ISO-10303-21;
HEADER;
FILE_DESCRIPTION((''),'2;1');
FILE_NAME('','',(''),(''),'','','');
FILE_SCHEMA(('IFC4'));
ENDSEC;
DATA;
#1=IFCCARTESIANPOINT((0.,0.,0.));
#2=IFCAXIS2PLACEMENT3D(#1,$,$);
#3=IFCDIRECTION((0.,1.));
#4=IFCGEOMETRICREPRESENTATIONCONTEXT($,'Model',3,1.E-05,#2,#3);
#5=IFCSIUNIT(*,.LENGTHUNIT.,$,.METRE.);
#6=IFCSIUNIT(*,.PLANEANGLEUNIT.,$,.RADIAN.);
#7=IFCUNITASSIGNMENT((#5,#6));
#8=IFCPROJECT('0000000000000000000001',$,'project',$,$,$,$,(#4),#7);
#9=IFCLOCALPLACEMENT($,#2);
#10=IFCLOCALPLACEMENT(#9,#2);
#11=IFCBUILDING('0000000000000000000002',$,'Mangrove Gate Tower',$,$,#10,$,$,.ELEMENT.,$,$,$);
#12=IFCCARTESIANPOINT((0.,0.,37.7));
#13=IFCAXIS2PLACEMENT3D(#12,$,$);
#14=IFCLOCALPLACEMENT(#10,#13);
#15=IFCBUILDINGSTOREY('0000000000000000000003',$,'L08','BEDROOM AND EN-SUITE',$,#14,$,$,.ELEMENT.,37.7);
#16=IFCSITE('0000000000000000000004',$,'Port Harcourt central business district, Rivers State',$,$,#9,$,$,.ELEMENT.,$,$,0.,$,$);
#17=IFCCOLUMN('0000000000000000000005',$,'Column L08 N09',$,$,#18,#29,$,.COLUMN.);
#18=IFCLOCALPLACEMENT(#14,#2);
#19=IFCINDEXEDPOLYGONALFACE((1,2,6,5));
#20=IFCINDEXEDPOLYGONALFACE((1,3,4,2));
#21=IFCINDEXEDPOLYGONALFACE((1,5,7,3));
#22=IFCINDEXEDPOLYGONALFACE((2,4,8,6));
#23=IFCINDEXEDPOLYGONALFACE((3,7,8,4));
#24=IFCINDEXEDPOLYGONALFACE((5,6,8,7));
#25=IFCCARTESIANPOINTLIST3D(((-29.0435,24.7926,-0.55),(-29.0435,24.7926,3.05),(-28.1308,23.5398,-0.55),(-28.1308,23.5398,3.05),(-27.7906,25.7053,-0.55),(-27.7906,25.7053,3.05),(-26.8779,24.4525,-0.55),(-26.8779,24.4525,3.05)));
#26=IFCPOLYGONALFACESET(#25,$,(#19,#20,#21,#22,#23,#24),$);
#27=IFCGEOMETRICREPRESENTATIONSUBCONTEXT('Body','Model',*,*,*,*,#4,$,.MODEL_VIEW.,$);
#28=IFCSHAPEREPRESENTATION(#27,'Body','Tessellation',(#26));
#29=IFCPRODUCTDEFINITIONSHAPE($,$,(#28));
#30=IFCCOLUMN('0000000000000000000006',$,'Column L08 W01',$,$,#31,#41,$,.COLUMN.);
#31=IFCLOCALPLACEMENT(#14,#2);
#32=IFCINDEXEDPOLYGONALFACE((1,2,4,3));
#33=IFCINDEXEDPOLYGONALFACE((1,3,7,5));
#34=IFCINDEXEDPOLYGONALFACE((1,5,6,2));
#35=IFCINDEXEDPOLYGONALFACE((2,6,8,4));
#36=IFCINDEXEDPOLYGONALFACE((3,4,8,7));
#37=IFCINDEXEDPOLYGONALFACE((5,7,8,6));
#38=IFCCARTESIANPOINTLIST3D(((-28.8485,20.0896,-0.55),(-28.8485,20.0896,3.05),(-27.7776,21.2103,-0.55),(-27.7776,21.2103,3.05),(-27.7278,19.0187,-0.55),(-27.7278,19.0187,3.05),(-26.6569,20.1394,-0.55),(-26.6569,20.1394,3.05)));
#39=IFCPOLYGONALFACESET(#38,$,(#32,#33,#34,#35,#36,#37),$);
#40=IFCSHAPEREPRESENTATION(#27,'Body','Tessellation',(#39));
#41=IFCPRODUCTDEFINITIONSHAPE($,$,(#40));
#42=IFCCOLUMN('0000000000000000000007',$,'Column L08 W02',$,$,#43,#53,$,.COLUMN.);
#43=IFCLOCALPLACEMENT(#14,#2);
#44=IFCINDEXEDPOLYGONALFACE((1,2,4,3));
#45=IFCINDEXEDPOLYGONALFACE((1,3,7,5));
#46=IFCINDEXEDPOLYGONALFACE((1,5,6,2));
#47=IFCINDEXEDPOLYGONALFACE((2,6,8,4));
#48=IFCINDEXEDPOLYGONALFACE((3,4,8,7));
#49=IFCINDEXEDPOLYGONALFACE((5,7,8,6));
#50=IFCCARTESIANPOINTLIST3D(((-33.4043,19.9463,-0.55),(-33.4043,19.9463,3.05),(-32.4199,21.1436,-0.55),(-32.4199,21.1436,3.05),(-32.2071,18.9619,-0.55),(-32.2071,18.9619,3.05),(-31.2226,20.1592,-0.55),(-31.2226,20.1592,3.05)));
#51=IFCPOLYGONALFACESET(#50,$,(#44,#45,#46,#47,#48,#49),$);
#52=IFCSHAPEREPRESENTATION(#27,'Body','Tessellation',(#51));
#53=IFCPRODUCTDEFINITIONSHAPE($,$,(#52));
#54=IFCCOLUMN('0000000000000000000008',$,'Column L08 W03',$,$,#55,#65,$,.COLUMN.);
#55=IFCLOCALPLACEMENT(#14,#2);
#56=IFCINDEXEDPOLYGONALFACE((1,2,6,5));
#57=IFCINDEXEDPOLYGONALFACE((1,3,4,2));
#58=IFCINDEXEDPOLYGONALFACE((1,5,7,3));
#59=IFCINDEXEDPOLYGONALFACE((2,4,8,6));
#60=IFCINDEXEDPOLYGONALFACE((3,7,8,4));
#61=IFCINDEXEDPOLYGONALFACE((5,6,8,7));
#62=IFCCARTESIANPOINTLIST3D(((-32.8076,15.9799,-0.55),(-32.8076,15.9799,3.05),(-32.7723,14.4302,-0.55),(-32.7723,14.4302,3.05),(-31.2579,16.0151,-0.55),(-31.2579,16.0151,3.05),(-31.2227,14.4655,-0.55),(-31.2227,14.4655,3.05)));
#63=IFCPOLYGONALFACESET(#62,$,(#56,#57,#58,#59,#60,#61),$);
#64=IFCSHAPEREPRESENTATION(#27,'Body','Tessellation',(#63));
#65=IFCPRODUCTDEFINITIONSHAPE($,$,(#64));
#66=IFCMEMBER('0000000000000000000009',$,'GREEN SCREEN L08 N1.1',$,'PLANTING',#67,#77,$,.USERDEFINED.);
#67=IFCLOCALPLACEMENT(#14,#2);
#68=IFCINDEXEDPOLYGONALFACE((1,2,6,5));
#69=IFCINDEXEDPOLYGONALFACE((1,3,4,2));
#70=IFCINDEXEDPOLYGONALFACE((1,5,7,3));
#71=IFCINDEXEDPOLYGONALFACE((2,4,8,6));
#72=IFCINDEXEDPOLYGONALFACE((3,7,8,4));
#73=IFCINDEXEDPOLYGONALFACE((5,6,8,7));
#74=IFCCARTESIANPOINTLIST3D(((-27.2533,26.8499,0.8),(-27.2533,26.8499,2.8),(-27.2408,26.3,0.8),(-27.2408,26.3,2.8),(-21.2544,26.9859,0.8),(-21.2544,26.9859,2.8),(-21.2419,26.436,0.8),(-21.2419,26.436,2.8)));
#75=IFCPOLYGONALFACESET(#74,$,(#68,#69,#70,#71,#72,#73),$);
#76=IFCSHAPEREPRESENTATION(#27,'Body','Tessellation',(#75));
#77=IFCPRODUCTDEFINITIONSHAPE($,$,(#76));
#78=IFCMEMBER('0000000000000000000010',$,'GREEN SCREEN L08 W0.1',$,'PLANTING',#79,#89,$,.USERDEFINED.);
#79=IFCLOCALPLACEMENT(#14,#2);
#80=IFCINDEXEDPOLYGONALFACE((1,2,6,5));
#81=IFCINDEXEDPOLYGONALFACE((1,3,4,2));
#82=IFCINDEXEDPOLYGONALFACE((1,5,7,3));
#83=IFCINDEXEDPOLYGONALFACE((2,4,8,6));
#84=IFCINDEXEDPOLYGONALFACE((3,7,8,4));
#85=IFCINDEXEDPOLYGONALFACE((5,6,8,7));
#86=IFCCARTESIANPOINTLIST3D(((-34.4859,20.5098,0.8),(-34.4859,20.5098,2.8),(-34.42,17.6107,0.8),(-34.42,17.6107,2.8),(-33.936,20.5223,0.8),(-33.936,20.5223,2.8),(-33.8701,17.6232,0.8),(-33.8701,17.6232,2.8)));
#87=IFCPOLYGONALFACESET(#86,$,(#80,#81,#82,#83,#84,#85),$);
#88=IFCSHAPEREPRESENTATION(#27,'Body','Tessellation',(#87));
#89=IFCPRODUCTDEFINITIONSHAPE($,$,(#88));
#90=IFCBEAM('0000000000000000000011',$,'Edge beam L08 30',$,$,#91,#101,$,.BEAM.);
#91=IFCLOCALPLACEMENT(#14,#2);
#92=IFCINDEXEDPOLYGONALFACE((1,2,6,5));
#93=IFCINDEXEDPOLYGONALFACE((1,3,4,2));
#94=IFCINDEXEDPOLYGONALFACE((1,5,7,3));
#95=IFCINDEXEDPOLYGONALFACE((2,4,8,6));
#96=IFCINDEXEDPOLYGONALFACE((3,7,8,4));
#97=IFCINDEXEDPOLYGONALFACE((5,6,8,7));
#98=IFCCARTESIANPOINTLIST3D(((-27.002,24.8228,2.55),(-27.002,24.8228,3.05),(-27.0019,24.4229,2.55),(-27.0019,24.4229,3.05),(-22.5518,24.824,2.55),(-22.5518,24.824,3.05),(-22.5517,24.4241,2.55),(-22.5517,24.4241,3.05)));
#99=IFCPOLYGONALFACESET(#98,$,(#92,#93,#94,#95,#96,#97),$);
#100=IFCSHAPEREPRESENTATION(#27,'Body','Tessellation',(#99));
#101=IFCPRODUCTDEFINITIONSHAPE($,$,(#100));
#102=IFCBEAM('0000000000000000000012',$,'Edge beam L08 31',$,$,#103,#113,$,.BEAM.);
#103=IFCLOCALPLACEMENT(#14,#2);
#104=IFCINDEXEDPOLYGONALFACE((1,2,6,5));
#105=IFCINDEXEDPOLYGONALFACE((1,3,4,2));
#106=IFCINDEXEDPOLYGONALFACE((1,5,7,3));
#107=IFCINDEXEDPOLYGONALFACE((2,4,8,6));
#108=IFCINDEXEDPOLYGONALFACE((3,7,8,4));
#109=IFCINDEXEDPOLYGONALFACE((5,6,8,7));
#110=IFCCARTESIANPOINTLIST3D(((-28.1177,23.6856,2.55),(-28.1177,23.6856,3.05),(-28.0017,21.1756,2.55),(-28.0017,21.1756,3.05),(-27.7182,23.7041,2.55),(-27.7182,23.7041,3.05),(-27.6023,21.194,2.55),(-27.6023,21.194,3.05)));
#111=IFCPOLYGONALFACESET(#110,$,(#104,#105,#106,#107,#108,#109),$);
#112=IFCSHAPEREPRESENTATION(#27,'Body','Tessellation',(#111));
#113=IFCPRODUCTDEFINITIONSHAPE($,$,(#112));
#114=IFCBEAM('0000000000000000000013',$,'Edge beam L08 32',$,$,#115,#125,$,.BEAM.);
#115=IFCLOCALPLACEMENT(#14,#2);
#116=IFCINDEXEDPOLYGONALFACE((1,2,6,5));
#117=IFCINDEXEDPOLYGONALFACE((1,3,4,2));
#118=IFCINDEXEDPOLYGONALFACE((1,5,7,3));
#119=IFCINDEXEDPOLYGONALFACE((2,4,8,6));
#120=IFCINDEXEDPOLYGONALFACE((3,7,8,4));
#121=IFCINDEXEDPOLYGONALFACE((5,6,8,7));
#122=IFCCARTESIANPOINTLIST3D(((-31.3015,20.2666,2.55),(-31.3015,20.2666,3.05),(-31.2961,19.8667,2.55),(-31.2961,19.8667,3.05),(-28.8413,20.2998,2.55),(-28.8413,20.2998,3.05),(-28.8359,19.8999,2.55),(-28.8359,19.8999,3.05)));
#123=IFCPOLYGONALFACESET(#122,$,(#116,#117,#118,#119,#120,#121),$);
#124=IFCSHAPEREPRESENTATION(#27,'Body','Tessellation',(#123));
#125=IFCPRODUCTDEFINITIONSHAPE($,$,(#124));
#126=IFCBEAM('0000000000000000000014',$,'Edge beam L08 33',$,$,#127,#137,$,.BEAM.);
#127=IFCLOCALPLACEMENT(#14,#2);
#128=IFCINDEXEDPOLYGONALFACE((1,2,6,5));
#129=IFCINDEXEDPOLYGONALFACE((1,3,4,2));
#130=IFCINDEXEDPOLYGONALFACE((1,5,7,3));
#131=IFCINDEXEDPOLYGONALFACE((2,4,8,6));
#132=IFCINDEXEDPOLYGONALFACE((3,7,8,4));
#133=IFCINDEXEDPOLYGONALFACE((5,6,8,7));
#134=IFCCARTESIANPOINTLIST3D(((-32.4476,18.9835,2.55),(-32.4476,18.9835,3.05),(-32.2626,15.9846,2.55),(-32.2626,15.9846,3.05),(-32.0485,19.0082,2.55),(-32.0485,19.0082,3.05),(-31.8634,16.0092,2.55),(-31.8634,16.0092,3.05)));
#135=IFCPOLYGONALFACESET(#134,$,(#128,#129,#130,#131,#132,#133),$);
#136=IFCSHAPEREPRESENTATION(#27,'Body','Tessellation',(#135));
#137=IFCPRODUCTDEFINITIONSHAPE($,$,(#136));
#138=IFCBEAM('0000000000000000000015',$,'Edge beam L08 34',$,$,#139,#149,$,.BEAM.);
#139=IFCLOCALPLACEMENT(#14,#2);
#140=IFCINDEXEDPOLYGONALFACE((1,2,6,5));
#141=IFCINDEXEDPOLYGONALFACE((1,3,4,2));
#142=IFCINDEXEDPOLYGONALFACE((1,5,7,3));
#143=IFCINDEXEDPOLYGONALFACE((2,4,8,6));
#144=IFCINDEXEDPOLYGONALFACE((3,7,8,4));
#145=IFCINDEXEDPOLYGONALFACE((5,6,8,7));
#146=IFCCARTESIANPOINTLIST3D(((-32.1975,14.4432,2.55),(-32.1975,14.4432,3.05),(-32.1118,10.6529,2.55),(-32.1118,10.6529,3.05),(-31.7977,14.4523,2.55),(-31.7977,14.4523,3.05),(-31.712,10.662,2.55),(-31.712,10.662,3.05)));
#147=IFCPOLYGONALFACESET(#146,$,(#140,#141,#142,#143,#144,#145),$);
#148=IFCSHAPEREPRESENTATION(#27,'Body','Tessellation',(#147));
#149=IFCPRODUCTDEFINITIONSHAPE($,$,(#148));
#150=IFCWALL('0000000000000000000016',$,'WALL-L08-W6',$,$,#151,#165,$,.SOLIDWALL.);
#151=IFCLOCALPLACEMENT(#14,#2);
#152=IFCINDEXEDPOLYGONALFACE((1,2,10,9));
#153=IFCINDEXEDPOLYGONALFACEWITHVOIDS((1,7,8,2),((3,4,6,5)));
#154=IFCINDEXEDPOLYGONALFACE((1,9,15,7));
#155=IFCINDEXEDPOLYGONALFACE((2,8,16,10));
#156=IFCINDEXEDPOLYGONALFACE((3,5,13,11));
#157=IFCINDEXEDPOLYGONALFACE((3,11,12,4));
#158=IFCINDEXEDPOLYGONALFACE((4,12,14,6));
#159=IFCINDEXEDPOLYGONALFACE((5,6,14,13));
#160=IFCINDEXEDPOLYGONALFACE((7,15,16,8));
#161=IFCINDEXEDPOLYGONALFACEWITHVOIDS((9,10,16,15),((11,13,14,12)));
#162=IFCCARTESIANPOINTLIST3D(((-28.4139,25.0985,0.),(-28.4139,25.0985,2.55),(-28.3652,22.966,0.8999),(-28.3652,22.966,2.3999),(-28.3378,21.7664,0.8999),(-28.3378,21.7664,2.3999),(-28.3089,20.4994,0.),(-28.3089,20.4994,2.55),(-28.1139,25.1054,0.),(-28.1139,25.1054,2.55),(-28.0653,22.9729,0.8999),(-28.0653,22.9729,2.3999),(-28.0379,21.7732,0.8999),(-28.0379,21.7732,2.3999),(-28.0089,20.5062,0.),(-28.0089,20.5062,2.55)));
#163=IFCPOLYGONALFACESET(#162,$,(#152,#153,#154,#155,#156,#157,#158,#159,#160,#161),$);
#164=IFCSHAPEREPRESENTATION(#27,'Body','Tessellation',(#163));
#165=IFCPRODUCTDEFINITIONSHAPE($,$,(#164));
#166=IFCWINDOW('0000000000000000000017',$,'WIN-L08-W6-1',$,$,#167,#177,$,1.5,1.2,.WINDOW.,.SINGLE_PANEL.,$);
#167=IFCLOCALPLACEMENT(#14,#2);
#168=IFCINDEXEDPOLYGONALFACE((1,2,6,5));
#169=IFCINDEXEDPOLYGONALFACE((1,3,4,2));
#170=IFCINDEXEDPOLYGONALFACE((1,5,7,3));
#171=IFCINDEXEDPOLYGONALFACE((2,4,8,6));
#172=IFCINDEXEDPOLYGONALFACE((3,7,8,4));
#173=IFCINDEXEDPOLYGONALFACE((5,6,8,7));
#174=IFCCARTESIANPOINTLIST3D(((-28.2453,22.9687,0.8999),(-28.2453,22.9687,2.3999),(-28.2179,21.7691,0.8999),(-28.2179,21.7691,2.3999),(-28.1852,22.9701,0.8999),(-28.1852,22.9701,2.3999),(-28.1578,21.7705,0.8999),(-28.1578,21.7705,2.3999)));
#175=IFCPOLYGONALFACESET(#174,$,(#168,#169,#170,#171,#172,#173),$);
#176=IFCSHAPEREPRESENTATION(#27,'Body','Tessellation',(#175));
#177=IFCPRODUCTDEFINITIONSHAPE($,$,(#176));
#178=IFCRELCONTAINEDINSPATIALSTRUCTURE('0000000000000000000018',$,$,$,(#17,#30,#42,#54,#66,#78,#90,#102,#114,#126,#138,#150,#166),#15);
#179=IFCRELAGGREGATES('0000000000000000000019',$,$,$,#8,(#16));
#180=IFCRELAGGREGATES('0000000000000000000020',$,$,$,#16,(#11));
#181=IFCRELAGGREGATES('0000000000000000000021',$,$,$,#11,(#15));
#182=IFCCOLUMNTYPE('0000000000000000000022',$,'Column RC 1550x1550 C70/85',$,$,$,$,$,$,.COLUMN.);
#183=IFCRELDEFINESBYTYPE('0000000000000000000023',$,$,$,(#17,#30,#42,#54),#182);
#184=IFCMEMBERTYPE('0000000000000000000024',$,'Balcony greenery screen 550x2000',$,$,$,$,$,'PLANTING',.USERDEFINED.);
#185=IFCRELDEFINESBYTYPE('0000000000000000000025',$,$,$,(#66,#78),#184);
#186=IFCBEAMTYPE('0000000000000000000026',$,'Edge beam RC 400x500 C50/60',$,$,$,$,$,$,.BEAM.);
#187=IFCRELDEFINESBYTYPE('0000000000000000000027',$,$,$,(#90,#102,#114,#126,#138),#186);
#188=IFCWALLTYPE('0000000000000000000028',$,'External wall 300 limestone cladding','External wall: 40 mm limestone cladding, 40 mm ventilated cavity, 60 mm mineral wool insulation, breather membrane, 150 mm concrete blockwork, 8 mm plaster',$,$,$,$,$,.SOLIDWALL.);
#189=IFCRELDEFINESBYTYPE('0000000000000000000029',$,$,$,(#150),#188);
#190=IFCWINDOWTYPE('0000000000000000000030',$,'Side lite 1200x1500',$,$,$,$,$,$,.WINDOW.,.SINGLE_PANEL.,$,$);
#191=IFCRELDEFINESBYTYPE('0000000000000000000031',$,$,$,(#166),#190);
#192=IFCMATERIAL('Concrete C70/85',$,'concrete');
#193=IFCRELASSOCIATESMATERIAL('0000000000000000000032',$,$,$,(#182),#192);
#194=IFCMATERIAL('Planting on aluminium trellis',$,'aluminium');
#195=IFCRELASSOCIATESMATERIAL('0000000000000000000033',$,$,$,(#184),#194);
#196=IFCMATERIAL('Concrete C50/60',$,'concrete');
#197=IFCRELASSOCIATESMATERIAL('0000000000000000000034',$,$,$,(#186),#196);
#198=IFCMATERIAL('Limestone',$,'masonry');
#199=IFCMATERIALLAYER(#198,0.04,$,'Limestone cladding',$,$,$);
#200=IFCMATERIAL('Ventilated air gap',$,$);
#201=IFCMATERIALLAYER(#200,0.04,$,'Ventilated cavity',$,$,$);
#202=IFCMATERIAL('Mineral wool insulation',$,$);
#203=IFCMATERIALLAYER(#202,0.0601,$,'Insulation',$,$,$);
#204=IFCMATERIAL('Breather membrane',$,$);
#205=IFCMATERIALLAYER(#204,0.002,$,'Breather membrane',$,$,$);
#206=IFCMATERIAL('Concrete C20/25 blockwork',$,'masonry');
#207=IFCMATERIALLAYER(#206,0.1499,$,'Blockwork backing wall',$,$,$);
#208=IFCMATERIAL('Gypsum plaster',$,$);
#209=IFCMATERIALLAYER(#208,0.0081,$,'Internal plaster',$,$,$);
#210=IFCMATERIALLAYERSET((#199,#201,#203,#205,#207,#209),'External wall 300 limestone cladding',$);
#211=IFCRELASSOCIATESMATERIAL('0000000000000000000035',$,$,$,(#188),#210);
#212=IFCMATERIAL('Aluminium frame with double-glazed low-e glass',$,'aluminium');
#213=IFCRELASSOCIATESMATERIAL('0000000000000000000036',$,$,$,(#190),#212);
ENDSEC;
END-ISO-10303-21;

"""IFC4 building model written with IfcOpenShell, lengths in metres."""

from ifc_helpers import new_model, si_unit, direction, frame, frame_2d, origin, origin_2d, place, context, subcontext, project, spatial, rectangle, extrude, material, layer, layer_set, material_profile, profile_set, type_object, element, fill, save


model = new_model("IFC4")

# Units and contexts
model_context = context("Model", 3, precision=1e-05, world=origin(), true_north=direction((0.0, 1.0)))
body_context = subcontext(model_context, "Body", "Model", "MODEL_VIEW")
ifc_project = project(units=[si_unit("LENGTHUNIT", "METRE"), si_unit("PLANEANGLEUNIT", "RADIAN")], contexts=[model_context])

# Site, building, storey
site_placement = place(None, origin())
site = spatial("IfcSite", under=ifc_project, at=site_placement, Name="Port Harcourt central business district, Rivers State", CompositionType="ELEMENT", RefElevation=0.0)
building_placement = place(site_placement, origin())
building = spatial("IfcBuilding", under=site, at=building_placement, Name="Mangrove Gate Tower", CompositionType="ELEMENT")
storey_placement = place(building_placement, frame((0.0, 0.0, 37.7)))
storey = spatial("IfcBuildingStorey", under=building, at=storey_placement, Name="L08", Description="BEDROOM AND EN-SUITE", CompositionType="ELEMENT", Elevation=37.7)

# Columns
ifc_material_1 = material(Name="Concrete C70/85", Category="concrete")
ifc_material_profile_1 = material_profile(ifc_material_1, rectangle(XDim=1.55, YDim=1.55, at=origin_2d()))
ifc_profile_set_1 = profile_set([ifc_material_profile_1], Name="Concrete C70/85")
column_type = type_object("IfcColumnType", Name="Column RC 1550x1550 C70/85", PredefinedType="COLUMN", material=ifc_profile_set_1)
for number, where, z_axis, x_axis, name in (
    (1, (-27.9607, 24.6226, -0.55), (0.0, 0.0, 1.0), (-0.808269, -0.588813, 0.0), "Column L08 N09"),
    (2, (-27.7527, 20.1145, -0.55), (0.0, 0.0, 1.0), (-0.690863, -0.722986, 0.0), "Column L08 W01"),
    (3, (-32.3135, 20.0527, -0.55), (0.0, 0.0, 1.0), (-0.635105, -0.772425, 0.0), "Column L08 W02"),
    (4, (-32.0151, 15.2227, -0.55), (0.0, 0.0, 1.0), (0.022747, -0.999741, 0.0), "Column L08 W03"),
):
    element("IfcColumn", number, at=place(storey_placement, frame(where, z_axis=z_axis, x_axis=x_axis)), inside=storey, type_object=column_type, Name=name, PredefinedType="COLUMN", context=body_context, shape_type="SweptSolid", body=[
        extrude(rectangle(XDim=1.55, YDim=1.55, at=origin_2d()), origin(), (0.0, 0.0, 1.0), 3.6001),
    ])

# Members
ifc_material_2 = material(Name="Planting on aluminium trellis", Category="aluminium")
ifc_material_profile_2 = material_profile(ifc_material_2, rectangle(XDim=0.55, YDim=2.0, at=origin_2d()))
ifc_profile_set_2 = profile_set([ifc_material_profile_2], Name="Planting on aluminium trellis")
member_type = type_object("IfcMemberType", Name="Balcony greenery screen 550x2000", ElementType="PLANTING", PredefinedType="USERDEFINED", material=ifc_profile_set_2)
member_1_placement = place(storey_placement, frame((-27.2471, 26.575, 1.8), z_axis=(0.999743, 0.022662, 0.0), x_axis=(-0.022662, 0.999743, 0.0)))
element("IfcMember", 5, at=member_1_placement, inside=storey, type_object=member_type, Name="GREEN SCREEN L08 N1.1", ObjectType="PLANTING", PredefinedType="USERDEFINED", context=body_context, shape_type="SweptSolid", body=[
    extrude(rectangle(XDim=0.55, YDim=2.0, at=origin_2d()), origin(), (0.0, 0.0, 1.0), 6.0005),
])
member_2_placement = place(storey_placement, frame((-34.145, 17.6169, 1.8), z_axis=(-0.022731, 0.999742, 0.0), x_axis=(-0.999742, -0.022731, 0.0)))
element("IfcMember", 6, at=member_2_placement, inside=storey, type_object=member_type, Name="GREEN SCREEN L08 W0.1", ObjectType="PLANTING", PredefinedType="USERDEFINED", context=body_context, shape_type="SweptSolid", body=[
    extrude(rectangle(XDim=0.55, YDim=2.0, at=origin_2d()), origin(), (0.0, 0.0, 1.0), 2.8999),
])

# Beams
ifc_material_3 = material(Name="Concrete C50/60", Category="concrete")
ifc_material_profile_3 = material_profile(ifc_material_3, rectangle(XDim=0.3999, YDim=0.5, at=origin_2d()))
ifc_profile_set_3 = profile_set([ifc_material_profile_3], Name="Concrete C50/60")
beam_type = type_object("IfcBeamType", Name="Edge beam RC 400x500 C50/60", PredefinedType="BEAM", material=ifc_profile_set_3)
beam_1_placement = place(storey_placement, frame((-22.5518, 24.624, 2.8), z_axis=(-1.0, -0.000274, 0.0), x_axis=(0.000274, -1.0, 0.0)))
element("IfcBeam", 7, at=beam_1_placement, inside=storey, type_object=beam_type, Name="Edge beam L08 30", PredefinedType="BEAM", context=body_context, shape_type="SweptSolid", body=[
    extrude(rectangle(XDim=0.3999, YDim=0.5, at=origin_2d()), origin(), (0.0, 0.0, 1.0), 4.4502),
])
beam_2_placement = place(storey_placement, frame((-27.918, 23.6948, 2.8), z_axis=(0.046152, -0.998934, 0.0), x_axis=(0.998934, 0.046152, 0.0)))
element("IfcBeam", 8, at=beam_2_placement, inside=storey, type_object=beam_type, Name="Edge beam L08 31", PredefinedType="BEAM", context=body_context, shape_type="SweptSolid", body=[
    extrude(rectangle(XDim=0.3999, YDim=0.5, at=origin_2d()), origin(), (0.0, 0.0, 1.0), 2.5127),
])
beam_3_placement = place(storey_placement, frame((-28.8386, 20.0999, 2.8), z_axis=(-0.999909, -0.013495, 0.0), x_axis=(0.013495, -0.999909, 0.0)))
element("IfcBeam", 9, at=beam_3_placement, inside=storey, type_object=beam_type, Name="Edge beam L08 32", PredefinedType="BEAM", context=body_context, shape_type="SweptSolid", body=[
    extrude(rectangle(XDim=0.3999, YDim=0.5, at=origin_2d()), origin(), (0.0, 0.0, 1.0), 2.4604),
])
beam_4_placement = place(storey_placement, frame((-32.248, 18.9958, 2.8), z_axis=(0.061589, -0.998102, 0.0), x_axis=(0.998102, 0.061589, 0.0)))
element("IfcBeam", 10, at=beam_4_placement, inside=storey, type_object=beam_type, Name="Edge beam L08 33", PredefinedType="BEAM", context=body_context, shape_type="SweptSolid", body=[
    extrude(rectangle(XDim=0.3999, YDim=0.5, at=origin_2d()), origin(), (0.0, 0.0, 1.0), 3.0046),
])
beam_5_placement = place(storey_placement, frame((-31.9976, 14.4478, 2.8), z_axis=(0.022603, -0.999745, 0.0), x_axis=(0.999745, 0.022603, 0.0)))
element("IfcBeam", 11, at=beam_5_placement, inside=storey, type_object=beam_type, Name="Edge beam L08 34", PredefinedType="BEAM", context=body_context, shape_type="SweptSolid", body=[
    extrude(rectangle(XDim=0.3999, YDim=0.5, at=origin_2d()), origin(), (0.0, 0.0, 1.0), 3.7913),
])

# Wall, opening, window
ifc_material_4 = material(Name="Limestone", Category="masonry")
ifc_layer_1 = layer(ifc_material_4, 0.04, Name="Limestone cladding")
ifc_material_5 = material(Name="Ventilated air gap")
ifc_layer_2 = layer(ifc_material_5, 0.04, Name="Ventilated cavity")
ifc_material_6 = material(Name="Mineral wool insulation")
ifc_layer_3 = layer(ifc_material_6, 0.0601, Name="Insulation")
ifc_material_7 = material(Name="Breather membrane")
ifc_layer_4 = layer(ifc_material_7, 0.002, Name="Breather membrane")
ifc_material_8 = material(Name="Concrete C20/25 blockwork", Category="masonry")
ifc_layer_5 = layer(ifc_material_8, 0.1499, Name="Blockwork backing wall")
ifc_material_9 = material(Name="Gypsum plaster")
ifc_layer_6 = layer(ifc_material_9, 0.0081, Name="Internal plaster")
ifc_layer_set_1 = layer_set([ifc_layer_1, ifc_layer_2, ifc_layer_3, ifc_layer_4, ifc_layer_5, ifc_layer_6], Name="External wall 300 limestone cladding")
wall_type_1 = type_object("IfcWallType", Name="External wall 300 limestone cladding", Description="External wall: 40 mm limestone cladding, 40 mm ventilated cavity, 60 mm mineral wool insulation, breather membrane, 150 mm concrete blockwork, 8 mm plaster", PredefinedType="SOLIDWALL", material=ifc_layer_set_1)
wall_1_placement = place(storey_placement, frame((-28.2639, 25.1021, 0.0), z_axis=(0.0, 0.0, 1.0), x_axis=(0.02282, -0.99974, 0.0)))
wall_1 = element("IfcWall", 12, at=wall_1_placement, inside=storey, type_object=wall_type_1, Name="WALL-L08-W6", PredefinedType="SOLIDWALL", context=body_context, shape_type="SweptSolid", body=[
    extrude(rectangle(XDim=4.6003, YDim=0.3, at=frame_2d((2.3003, 0.0))), origin(), (0.0, 0.0, 1.0), 2.55),
])
opening_1_placement = place(wall_1_placement, frame((2.1331, 0.0, 0.8999)))
opening_1 = element("IfcOpeningElement", 13, at=opening_1_placement, cuts=wall_1, PredefinedType="OPENING", context=body_context, shape_type="SweptSolid", body=[
    extrude(rectangle(XDim=1.2, YDim=1.5, at=frame_2d((0.6001, 0.75))), frame((0.0, 0.1599, 0.0), z_axis=(0.0, -1.0, 0.0), x_axis=(1.0, 0.0, 0.0)), (0.0, 0.0, 1.0), 0.3201),
])
ifc_material_10 = material(Name="Aluminium frame with double-glazed low-e glass", Category="aluminium")
window_type_1 = type_object("IfcWindowType", Name="Side lite 1200x1500", PartitioningType="SINGLE_PANEL", PredefinedType="WINDOW", material=ifc_material_10)
window_1_placement = place(opening_1_placement, origin())
window_1 = element("IfcWindow", 14, at=window_1_placement, inside=storey, type_object=window_type_1, Name="WIN-L08-W6-1", OverallHeight=1.5, OverallWidth=1.2, PartitioningType="SINGLE_PANEL", PredefinedType="WINDOW", context=body_context, shape_type="SweptSolid", body=[
    extrude(rectangle(XDim=1.2, YDim=1.5, at=frame_2d((0.6001, 0.75))), frame((0.0, 0.03, 0.0), z_axis=(0.0, -1.0, 0.0), x_axis=(1.0, 0.0, 0.0)), (0.0, 0.0, 1.0), 0.0601),
])
fill(opening_1, window_1)

save(model, "model.ifc")
